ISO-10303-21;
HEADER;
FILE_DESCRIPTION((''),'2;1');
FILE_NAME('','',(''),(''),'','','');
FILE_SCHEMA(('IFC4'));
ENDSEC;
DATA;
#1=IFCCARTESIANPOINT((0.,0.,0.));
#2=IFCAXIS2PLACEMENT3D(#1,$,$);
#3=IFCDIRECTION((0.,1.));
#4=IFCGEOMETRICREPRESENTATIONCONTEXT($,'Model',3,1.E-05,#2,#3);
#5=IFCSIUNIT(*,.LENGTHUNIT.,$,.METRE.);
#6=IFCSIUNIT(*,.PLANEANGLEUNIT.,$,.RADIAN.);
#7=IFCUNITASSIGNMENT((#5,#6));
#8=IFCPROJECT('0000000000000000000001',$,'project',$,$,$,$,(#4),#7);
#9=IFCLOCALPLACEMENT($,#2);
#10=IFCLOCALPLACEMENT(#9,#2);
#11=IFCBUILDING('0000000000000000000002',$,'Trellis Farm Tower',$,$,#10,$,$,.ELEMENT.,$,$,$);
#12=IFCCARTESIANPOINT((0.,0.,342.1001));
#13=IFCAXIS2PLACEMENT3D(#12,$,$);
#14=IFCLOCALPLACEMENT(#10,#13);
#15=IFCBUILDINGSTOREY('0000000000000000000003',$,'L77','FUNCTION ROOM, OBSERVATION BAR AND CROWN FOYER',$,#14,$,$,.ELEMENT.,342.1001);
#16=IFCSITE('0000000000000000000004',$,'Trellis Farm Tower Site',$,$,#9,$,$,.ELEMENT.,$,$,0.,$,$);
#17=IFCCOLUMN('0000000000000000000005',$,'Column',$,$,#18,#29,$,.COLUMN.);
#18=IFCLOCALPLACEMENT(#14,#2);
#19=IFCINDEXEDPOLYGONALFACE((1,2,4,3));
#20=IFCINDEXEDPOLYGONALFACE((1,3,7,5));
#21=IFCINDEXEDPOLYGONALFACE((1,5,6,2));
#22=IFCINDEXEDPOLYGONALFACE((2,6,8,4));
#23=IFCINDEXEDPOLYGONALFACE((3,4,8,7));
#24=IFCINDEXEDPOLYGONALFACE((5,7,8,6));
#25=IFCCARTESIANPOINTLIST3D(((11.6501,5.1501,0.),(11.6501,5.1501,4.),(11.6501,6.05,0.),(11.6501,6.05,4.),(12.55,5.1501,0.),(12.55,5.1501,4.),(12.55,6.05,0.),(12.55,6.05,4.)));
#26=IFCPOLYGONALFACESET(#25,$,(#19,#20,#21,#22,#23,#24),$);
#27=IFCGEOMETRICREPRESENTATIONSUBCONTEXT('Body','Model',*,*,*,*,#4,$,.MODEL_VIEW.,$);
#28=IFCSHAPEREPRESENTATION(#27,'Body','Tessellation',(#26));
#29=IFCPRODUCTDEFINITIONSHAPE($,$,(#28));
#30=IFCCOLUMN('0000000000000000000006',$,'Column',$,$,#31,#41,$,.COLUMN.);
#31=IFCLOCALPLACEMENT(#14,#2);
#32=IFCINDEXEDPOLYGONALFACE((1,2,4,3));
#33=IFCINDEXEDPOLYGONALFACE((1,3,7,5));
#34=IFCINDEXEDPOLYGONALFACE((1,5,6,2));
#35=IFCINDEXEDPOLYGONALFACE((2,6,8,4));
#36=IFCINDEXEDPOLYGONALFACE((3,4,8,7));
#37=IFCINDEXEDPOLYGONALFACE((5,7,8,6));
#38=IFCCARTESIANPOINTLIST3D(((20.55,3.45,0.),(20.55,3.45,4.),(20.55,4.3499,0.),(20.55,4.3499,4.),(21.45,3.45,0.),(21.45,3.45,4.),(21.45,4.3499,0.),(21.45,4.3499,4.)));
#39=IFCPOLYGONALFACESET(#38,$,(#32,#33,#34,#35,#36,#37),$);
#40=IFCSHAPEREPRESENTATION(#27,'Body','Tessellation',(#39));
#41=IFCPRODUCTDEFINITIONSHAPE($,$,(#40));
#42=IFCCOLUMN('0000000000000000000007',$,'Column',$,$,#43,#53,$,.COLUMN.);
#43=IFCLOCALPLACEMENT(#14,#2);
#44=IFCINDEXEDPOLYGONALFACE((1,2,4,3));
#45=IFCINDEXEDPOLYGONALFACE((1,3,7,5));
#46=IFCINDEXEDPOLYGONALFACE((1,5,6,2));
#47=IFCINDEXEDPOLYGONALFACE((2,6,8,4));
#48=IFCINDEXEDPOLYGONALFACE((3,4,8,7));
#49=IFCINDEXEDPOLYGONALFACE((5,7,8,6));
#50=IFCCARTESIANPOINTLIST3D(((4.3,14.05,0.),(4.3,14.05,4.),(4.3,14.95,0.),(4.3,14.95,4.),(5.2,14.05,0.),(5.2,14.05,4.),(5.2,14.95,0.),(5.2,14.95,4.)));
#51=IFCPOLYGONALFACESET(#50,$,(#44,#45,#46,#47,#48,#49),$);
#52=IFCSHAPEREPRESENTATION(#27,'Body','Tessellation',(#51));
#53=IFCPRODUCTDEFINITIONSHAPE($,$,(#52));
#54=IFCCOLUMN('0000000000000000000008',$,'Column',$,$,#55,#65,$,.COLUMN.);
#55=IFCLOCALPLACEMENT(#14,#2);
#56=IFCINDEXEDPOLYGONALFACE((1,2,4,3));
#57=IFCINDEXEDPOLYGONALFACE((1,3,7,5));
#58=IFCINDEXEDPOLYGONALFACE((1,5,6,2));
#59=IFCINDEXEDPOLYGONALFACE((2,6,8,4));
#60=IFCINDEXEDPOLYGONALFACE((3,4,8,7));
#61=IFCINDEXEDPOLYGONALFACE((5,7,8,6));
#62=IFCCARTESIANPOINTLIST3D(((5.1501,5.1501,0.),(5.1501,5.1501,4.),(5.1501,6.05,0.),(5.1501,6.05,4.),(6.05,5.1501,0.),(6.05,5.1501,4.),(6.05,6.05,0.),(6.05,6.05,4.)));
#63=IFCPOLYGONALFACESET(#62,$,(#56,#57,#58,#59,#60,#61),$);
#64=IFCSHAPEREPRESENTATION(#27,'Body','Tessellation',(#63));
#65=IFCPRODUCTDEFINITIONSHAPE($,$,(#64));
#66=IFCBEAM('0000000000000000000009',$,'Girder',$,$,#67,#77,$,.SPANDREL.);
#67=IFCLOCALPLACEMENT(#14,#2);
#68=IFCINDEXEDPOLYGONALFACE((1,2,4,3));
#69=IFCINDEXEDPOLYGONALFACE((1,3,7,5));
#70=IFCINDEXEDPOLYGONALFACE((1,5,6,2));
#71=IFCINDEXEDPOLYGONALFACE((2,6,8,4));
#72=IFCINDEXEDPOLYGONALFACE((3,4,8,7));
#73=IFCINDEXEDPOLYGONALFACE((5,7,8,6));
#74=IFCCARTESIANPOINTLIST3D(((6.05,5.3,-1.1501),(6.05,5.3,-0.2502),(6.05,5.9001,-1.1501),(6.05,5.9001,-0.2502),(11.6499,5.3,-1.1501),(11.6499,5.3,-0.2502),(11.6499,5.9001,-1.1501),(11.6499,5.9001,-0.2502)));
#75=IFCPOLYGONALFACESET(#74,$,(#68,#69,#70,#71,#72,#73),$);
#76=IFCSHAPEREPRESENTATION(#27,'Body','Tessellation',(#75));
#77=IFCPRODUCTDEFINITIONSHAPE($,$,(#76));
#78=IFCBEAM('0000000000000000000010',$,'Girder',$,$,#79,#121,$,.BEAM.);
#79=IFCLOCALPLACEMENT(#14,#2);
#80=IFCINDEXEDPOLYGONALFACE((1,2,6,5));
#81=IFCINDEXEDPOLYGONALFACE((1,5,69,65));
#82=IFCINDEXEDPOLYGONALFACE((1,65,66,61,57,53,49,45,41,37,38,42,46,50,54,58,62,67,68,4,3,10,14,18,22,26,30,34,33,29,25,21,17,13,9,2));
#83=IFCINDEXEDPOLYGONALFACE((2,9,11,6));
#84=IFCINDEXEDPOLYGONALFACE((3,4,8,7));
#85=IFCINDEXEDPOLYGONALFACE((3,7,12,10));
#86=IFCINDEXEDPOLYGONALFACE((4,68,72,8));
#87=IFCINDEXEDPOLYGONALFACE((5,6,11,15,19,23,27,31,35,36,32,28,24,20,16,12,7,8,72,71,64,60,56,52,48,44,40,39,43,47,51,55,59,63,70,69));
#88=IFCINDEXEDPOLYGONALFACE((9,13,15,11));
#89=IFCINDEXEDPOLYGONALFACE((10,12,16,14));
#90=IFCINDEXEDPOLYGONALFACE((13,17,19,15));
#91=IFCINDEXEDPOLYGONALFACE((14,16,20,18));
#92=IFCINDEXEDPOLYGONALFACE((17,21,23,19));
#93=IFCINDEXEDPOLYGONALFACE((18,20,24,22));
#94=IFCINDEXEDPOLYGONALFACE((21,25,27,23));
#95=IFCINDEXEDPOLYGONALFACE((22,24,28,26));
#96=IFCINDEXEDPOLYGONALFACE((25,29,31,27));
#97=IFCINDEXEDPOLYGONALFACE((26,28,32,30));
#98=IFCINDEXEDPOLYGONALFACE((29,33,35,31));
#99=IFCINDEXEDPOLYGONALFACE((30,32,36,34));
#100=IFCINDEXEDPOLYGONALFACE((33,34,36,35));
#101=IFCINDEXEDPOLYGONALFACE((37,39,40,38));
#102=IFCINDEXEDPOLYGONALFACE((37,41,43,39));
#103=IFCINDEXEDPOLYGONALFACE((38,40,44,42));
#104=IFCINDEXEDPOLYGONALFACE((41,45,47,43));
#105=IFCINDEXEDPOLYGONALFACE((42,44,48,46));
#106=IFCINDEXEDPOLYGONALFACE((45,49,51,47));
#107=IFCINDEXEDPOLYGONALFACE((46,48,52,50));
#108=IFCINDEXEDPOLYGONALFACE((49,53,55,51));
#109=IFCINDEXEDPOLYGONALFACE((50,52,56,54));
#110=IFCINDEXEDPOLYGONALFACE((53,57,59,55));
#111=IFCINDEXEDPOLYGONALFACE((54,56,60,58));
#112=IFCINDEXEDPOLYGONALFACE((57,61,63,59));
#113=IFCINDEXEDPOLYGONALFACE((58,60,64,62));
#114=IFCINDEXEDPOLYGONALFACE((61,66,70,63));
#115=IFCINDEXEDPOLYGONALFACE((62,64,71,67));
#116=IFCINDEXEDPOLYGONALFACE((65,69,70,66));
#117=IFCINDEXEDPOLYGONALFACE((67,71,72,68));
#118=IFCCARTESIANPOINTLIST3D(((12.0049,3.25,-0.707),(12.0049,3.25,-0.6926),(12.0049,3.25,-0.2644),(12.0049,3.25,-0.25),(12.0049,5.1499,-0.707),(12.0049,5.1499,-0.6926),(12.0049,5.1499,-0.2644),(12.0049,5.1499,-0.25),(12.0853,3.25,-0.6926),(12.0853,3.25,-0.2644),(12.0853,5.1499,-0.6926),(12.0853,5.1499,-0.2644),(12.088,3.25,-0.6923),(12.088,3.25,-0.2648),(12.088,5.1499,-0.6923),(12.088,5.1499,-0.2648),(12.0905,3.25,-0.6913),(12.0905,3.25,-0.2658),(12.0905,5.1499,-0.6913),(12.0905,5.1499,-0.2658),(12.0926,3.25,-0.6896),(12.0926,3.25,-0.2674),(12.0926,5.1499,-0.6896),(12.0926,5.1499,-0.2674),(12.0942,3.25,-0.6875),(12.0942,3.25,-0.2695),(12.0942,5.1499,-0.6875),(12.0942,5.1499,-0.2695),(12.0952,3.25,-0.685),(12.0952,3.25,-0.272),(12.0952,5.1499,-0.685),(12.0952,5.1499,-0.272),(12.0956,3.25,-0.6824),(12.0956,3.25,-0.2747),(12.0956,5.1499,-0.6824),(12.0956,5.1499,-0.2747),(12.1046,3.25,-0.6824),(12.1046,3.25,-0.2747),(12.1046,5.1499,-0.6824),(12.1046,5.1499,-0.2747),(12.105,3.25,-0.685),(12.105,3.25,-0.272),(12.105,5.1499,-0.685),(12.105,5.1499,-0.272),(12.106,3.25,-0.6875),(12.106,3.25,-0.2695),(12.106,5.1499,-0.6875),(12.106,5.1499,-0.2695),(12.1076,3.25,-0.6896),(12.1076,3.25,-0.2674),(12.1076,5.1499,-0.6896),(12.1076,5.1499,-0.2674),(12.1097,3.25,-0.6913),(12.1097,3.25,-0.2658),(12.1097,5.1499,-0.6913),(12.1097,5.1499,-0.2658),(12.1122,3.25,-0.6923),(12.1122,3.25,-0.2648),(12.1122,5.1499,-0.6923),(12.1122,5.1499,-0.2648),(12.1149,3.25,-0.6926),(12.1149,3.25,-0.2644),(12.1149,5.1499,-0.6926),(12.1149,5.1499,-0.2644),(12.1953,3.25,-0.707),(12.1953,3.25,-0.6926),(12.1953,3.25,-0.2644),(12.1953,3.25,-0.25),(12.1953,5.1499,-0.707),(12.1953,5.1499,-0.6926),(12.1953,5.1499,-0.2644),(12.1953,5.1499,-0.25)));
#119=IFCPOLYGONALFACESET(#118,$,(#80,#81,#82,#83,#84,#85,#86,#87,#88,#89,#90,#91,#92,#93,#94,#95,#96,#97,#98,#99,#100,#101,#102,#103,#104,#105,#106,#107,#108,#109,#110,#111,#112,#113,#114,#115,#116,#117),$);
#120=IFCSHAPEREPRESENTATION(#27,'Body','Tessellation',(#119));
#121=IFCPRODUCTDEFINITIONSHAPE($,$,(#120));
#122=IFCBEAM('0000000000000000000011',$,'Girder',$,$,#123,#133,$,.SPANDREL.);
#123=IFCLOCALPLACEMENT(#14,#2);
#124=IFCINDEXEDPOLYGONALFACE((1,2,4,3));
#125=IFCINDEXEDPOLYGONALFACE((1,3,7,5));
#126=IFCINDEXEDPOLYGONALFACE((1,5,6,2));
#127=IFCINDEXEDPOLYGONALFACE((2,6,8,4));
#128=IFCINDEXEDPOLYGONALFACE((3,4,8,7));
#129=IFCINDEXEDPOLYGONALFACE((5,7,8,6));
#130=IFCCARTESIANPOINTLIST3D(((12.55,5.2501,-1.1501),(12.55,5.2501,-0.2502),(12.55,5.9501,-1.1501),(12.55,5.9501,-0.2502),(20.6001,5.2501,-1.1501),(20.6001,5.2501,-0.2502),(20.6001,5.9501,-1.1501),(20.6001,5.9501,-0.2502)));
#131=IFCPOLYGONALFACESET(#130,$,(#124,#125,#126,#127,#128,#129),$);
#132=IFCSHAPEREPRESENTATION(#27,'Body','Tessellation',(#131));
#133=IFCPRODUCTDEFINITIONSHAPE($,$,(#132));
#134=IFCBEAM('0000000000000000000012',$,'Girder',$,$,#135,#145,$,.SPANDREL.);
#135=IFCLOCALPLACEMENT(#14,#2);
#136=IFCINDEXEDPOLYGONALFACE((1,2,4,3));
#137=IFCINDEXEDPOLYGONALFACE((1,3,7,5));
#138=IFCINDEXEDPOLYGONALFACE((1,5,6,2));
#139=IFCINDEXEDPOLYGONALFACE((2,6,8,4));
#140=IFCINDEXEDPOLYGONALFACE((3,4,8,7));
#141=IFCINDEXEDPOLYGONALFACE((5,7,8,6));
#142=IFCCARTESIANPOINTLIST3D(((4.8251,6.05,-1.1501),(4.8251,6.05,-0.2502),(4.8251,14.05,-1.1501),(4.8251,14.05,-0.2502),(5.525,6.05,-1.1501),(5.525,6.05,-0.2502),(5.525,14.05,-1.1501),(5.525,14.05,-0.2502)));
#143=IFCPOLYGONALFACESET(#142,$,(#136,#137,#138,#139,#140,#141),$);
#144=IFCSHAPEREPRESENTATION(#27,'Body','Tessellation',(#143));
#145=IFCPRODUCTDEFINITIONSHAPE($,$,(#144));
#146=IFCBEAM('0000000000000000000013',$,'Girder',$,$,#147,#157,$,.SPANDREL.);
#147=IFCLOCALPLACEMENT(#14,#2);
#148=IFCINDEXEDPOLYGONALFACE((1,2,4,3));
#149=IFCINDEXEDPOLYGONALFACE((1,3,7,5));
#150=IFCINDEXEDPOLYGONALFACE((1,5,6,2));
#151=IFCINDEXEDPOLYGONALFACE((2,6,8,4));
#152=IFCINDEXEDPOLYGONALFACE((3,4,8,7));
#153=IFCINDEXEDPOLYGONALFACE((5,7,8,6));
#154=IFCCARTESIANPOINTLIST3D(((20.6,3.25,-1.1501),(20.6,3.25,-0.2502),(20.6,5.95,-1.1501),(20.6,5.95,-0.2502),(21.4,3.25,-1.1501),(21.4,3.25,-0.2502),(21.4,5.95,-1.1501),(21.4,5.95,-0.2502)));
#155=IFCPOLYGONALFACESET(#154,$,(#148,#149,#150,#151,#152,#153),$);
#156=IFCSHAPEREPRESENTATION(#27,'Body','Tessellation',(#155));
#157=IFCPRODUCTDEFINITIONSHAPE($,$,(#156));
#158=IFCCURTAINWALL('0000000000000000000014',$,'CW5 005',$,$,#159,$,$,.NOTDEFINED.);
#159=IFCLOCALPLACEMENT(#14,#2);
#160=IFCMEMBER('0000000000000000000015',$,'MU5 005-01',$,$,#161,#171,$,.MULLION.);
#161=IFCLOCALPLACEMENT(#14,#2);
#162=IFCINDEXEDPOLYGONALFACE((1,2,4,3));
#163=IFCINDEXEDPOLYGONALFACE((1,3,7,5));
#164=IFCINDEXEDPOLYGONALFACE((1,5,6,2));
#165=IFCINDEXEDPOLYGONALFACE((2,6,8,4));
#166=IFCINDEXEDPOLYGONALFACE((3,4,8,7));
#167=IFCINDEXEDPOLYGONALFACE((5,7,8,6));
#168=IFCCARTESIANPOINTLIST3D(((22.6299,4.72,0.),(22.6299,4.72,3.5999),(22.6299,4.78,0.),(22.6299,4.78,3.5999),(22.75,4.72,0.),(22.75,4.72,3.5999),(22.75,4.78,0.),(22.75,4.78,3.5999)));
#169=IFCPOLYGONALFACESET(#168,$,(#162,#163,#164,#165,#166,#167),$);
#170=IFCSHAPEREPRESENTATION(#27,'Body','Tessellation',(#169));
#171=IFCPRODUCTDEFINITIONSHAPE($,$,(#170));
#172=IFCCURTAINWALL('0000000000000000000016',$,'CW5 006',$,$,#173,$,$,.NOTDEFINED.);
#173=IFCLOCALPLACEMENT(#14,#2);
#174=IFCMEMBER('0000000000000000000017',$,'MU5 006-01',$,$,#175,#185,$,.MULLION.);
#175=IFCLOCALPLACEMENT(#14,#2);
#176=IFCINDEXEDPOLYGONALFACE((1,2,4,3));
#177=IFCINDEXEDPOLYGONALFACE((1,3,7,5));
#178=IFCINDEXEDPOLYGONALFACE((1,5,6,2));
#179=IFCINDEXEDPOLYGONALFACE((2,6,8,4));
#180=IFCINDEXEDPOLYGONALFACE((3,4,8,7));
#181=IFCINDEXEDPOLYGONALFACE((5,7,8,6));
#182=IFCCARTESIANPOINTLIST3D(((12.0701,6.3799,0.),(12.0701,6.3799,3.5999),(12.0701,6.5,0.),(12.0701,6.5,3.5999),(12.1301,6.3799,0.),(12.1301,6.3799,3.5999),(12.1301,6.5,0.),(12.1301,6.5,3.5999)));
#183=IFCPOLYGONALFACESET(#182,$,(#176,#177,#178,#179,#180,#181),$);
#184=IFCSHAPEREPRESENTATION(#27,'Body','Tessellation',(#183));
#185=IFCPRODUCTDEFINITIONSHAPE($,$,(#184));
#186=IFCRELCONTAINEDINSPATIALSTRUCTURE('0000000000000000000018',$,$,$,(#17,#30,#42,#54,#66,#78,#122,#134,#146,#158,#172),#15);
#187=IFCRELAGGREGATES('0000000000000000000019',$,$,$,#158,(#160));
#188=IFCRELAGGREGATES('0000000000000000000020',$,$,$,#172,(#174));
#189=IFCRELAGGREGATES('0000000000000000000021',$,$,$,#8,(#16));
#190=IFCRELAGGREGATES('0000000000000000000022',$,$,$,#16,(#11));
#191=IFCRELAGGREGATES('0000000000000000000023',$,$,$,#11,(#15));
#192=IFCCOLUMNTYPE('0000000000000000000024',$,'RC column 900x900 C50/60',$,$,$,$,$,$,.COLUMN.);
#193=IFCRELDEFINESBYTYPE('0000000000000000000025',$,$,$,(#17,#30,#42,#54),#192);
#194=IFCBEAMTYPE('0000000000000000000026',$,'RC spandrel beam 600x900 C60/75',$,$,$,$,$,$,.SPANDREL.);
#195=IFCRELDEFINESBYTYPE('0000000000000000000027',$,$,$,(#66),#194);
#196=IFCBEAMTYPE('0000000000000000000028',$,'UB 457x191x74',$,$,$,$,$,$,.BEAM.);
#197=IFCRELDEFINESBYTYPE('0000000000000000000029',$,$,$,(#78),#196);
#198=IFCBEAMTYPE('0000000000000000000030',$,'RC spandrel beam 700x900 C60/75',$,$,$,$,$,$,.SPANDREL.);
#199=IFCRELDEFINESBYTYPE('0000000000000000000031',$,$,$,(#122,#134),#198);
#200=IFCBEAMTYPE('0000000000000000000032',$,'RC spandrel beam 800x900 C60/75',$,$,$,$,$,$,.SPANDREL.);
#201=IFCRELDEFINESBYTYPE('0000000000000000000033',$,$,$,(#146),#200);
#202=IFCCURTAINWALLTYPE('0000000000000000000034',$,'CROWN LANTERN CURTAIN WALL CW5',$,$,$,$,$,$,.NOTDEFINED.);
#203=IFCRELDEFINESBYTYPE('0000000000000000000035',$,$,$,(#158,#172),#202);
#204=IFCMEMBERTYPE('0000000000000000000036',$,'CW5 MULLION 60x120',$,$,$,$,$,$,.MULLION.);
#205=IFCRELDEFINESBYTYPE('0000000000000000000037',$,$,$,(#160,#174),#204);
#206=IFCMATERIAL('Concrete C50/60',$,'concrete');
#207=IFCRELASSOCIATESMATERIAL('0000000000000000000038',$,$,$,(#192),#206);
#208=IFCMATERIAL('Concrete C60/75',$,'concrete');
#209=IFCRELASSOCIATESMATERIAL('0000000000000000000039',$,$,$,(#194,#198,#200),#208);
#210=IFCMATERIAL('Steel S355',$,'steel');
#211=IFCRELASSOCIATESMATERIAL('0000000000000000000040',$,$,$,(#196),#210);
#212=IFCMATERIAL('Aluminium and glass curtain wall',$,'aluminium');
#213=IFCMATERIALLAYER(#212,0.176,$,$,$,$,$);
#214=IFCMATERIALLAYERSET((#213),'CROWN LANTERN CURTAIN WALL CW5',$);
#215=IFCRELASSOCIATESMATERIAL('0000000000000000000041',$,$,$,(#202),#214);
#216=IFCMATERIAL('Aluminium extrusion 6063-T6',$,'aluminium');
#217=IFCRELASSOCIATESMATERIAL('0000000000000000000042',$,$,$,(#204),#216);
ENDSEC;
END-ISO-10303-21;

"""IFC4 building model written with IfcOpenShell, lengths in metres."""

from ifc_helpers import new_model, si_unit, direction, frame, origin, origin_2d, place, context, subcontext, project, spatial, rectangle, i_section, extrude, source, transform, mapped, material, layer, layer_set, material_profile, profile_set, type_object, element, aggregate, save


model = new_model("IFC4")

# Units and contexts
model_context = context("Model", 3, precision=1e-05, world=origin(), true_north=direction((0.0, 1.0)))
body_context = subcontext(model_context, "Body", "Model", "MODEL_VIEW")
ifc_project = project(units=[si_unit("LENGTHUNIT", "METRE"), si_unit("PLANEANGLEUNIT", "RADIAN")], contexts=[model_context])

# Site, building, storey
site_placement = place(None, origin())
site = spatial("IfcSite", under=ifc_project, at=site_placement, Name="Trellis Farm Tower Site", CompositionType="ELEMENT", RefElevation=0.0)
building_placement = place(site_placement, origin())
building = spatial("IfcBuilding", under=site, at=building_placement, Name="Trellis Farm Tower", CompositionType="ELEMENT")
storey_placement = place(building_placement, frame((0.0, 0.0, 342.1001)))
storey = spatial("IfcBuildingStorey", under=building, at=storey_placement, Name="L77", Description="FUNCTION ROOM, OBSERVATION BAR AND CROWN FOYER", CompositionType="ELEMENT", Elevation=342.1001)

# Columns
ifc_material_1 = material(Name="Concrete C50/60", Category="concrete")
ifc_material_profile_1 = material_profile(ifc_material_1, rectangle(XDim=0.8999, YDim=0.8999, at=origin_2d()), Name="RC column 900x900 C50/60")
ifc_profile_set_1 = profile_set([ifc_material_profile_1], Name="Concrete C50/60")
column_type = type_object("IfcColumnType", Name="RC column 900x900 C50/60", PredefinedType="COLUMN", material=ifc_profile_set_1)
shared_shape_1 = source(origin(), body_context, "Body", "SweptSolid", [
    extrude(rectangle(XDim=0.8999, YDim=0.8999, at=origin_2d()), origin(), (0.0, 0.0, 1.0), 4.0),
])
for number, where, z_axis, x_axis, name in (
    (1, (12.1001, 5.6001, 0.0), (0.0, 0.0, 1.0), (1.0, 0.0, 0.0), "Column"),
    (2, (21.0, 3.8999, 0.0), (0.0, 0.0, 1.0), (1.0, 0.0, 0.0), "Column"),
    (3, (4.75, 14.5, 0.0), (0.0, 0.0, 1.0), (1.0, 0.0, 0.0), "Column"),
    (4, (5.6001, 5.6001, 0.0), (0.0, 0.0, 1.0), (1.0, 0.0, 0.0), "Column"),
):
    element("IfcColumn", number, at=place(storey_placement, frame(where, z_axis=z_axis, x_axis=x_axis)), inside=storey, type_object=column_type, Name=name, PredefinedType="COLUMN", context=body_context, shape_type="MappedRepresentation", body=[
        mapped(shared_shape_1, transform((0.0, 0.0, 0.0))),
    ])

# Beams
ifc_material_2 = material(Name="Concrete C60/75", Category="concrete")
ifc_material_profile_2 = material_profile(ifc_material_2, rectangle(XDim=0.6001, YDim=0.8999, at=origin_2d()), Name="RC spandrel beam 600x900 C60/75")
ifc_profile_set_2 = profile_set([ifc_material_profile_2], Name="Concrete C60/75")
beam_type_1 = type_object("IfcBeamType", Name="RC spandrel beam 600x900 C60/75", PredefinedType="SPANDREL", material=ifc_profile_set_2)
shared_shape_2 = source(origin(), body_context, "Body", "SweptSolid", [
    extrude(rectangle(XDim=0.6001, YDim=0.8999, at=origin_2d()), origin(), (0.0, 0.0, 1.0), 5.5999),
])
beam_1_placement = place(storey_placement, frame((6.05, 5.6001, -0.7002), z_axis=(1.0, 0.0, 0.0), x_axis=(0.0, 1.0, 0.0)))
element("IfcBeam", 5, at=beam_1_placement, inside=storey, type_object=beam_type_1, Name="Girder", PredefinedType="SPANDREL", context=body_context, shape_type="MappedRepresentation", body=[
    mapped(shared_shape_2, transform((0.0, 0.0, 0.0))),
])
ifc_material_3 = material(Name="Steel S355", Category="steel")
ifc_material_profile_3 = material_profile(ifc_material_3, i_section(OverallWidth=0.1904, OverallDepth=0.457, WebThickness=0.009, FlangeThickness=0.0144, FilletRadius=0.0103, at=origin_2d()), Name="UB 457x191x74")
ifc_profile_set_3 = profile_set([ifc_material_profile_3], Name="Steel S355")
beam_type_2 = type_object("IfcBeamType", Name="UB 457x191x74", PredefinedType="BEAM", material=ifc_profile_set_3)
shared_shape_3 = source(origin(), body_context, "Body", "SweptSolid", [
    extrude(i_section(OverallWidth=0.1904, OverallDepth=0.457, WebThickness=0.009, FlangeThickness=0.0144, FilletRadius=0.0103, at=origin_2d()), origin(), (0.0, 0.0, 1.0), 1.8999),
])
beam_2_placement = place(storey_placement, frame((12.1001, 3.25, -0.4785), z_axis=(0.0, 1.0, 0.0), x_axis=(-1.0, 0.0, 0.0)))
element("IfcBeam", 6, at=beam_2_placement, inside=storey, type_object=beam_type_2, Name="Girder", PredefinedType="BEAM", context=body_context, shape_type="MappedRepresentation", body=[
    mapped(shared_shape_3, transform((0.0, 0.0, 0.0))),
])
ifc_material_profile_4 = material_profile(ifc_material_2, rectangle(XDim=0.7, YDim=0.8999, at=origin_2d()), Name="RC spandrel beam 700x900 C60/75")
ifc_profile_set_4 = profile_set([ifc_material_profile_4], Name="Concrete C60/75")
beam_type_3 = type_object("IfcBeamType", Name="RC spandrel beam 700x900 C60/75", PredefinedType="SPANDREL", material=ifc_profile_set_4)
shared_shape_4 = source(origin(), body_context, "Body", "SweptSolid", [
    extrude(rectangle(XDim=0.7, YDim=0.8999, at=origin_2d()), origin(), (0.0, 0.0, 1.0), 8.05),
])
beam_3_placement = place(storey_placement, frame((12.55, 5.6001, -0.7002), z_axis=(1.0, 0.0, 0.0), x_axis=(0.0, 1.0, 0.0)))
element("IfcBeam", 7, at=beam_3_placement, inside=storey, type_object=beam_type_3, Name="Girder", PredefinedType="SPANDREL", context=body_context, shape_type="MappedRepresentation", body=[
    mapped(shared_shape_4, transform((0.0, 0.0, 0.0))),
])
shared_shape_5 = source(origin(), body_context, "Body", "SweptSolid", [
    extrude(rectangle(XDim=0.7, YDim=0.8999, at=origin_2d()), origin(), (0.0, 0.0, 1.0), 8.0),
])
beam_4_placement = place(storey_placement, frame((5.175, 6.05, -0.7002), z_axis=(0.0, 1.0, 0.0), x_axis=(-1.0, 0.0, 0.0)))
element("IfcBeam", 8, at=beam_4_placement, inside=storey, type_object=beam_type_3, Name="Girder", PredefinedType="SPANDREL", context=body_context, shape_type="MappedRepresentation", body=[
    mapped(shared_shape_5, transform((0.0, 0.0, 0.0))),
])
ifc_material_profile_5 = material_profile(ifc_material_2, rectangle(XDim=0.8, YDim=0.8999, at=origin_2d()), Name="RC spandrel beam 800x900 C60/75")
ifc_profile_set_5 = profile_set([ifc_material_profile_5], Name="Concrete C60/75")
beam_type_4 = type_object("IfcBeamType", Name="RC spandrel beam 800x900 C60/75", PredefinedType="SPANDREL", material=ifc_profile_set_5)
shared_shape_6 = source(origin(), body_context, "Body", "SweptSolid", [
    extrude(rectangle(XDim=0.8, YDim=0.8999, at=origin_2d()), origin(), (0.0, 0.0, 1.0), 2.7),
])
beam_5_placement = place(storey_placement, frame((21.0, 3.25, -0.7002), z_axis=(0.0, 1.0, 0.0), x_axis=(-1.0, 0.0, 0.0)))
element("IfcBeam", 9, at=beam_5_placement, inside=storey, type_object=beam_type_4, Name="Girder", PredefinedType="SPANDREL", context=body_context, shape_type="MappedRepresentation", body=[
    mapped(shared_shape_6, transform((0.0, 0.0, 0.0))),
])

# Curtain walls, members
ifc_material_4 = material(Name="Aluminium and glass curtain wall", Category="aluminium")
ifc_layer_1 = layer(ifc_material_4, 0.176)
ifc_layer_set_1 = layer_set([ifc_layer_1], Name="CROWN LANTERN CURTAIN WALL CW5")
curtain_wall_type = type_object("IfcCurtainWallType", Name="CROWN LANTERN CURTAIN WALL CW5", PredefinedType="NOTDEFINED", material=ifc_layer_set_1)
placement = place(storey_placement, origin())
curtain_wall_1 = element("IfcCurtainWall", 10, at=placement, inside=storey, type_object=curtain_wall_type, Name="CW5 005", PredefinedType="NOTDEFINED")
ifc_material_5 = material(Name="Aluminium extrusion 6063-T6", Category="aluminium")
ifc_material_profile_6 = material_profile(ifc_material_5, rectangle(XDim=0.0601, YDim=0.1201, at=origin_2d()), Name="MULLION 60x120")
ifc_profile_set_6 = profile_set([ifc_material_profile_6], Name="Aluminium extrusion 6063-T6")
member_type = type_object("IfcMemberType", Name="CW5 MULLION 60x120", PredefinedType="MULLION", material=ifc_profile_set_6)
shared_shape_7 = source(origin(), body_context, "Body", "SweptSolid", [
    extrude(rectangle(XDim=0.0601, YDim=0.1201, at=origin_2d()), origin(), (0.0, 0.0, 1.0), 3.5999),
])
member_1_placement = place(storey_placement, frame((22.6899, 4.75, 0.0), z_axis=(0.0, 0.0, 1.0), x_axis=(0.0, 1.0, 0.0)))
member_1 = element("IfcMember", 11, at=member_1_placement, type_object=member_type, Name="MU5 005-01", PredefinedType="MULLION", context=body_context, shape_type="MappedRepresentation", body=[
    mapped(shared_shape_7, transform((0.0, 0.0, 0.0))),
])
aggregate(curtain_wall_1, [member_1])
curtain_wall_2 = element("IfcCurtainWall", 12, at=placement, inside=storey, type_object=curtain_wall_type, Name="CW5 006", PredefinedType="NOTDEFINED")
member_2_placement = place(storey_placement, frame((12.1001, 6.4399, 0.0), z_axis=(0.0, 0.0, 1.0), x_axis=(-1.0, 0.0, 0.0)))
member_2 = element("IfcMember", 13, at=member_2_placement, type_object=member_type, Name="MU5 006-01", PredefinedType="MULLION", context=body_context, shape_type="MappedRepresentation", body=[
    mapped(shared_shape_7, transform((0.0, 0.0, 0.0))),
])
aggregate(curtain_wall_2, [member_2])

save(model, "model.ifc")
